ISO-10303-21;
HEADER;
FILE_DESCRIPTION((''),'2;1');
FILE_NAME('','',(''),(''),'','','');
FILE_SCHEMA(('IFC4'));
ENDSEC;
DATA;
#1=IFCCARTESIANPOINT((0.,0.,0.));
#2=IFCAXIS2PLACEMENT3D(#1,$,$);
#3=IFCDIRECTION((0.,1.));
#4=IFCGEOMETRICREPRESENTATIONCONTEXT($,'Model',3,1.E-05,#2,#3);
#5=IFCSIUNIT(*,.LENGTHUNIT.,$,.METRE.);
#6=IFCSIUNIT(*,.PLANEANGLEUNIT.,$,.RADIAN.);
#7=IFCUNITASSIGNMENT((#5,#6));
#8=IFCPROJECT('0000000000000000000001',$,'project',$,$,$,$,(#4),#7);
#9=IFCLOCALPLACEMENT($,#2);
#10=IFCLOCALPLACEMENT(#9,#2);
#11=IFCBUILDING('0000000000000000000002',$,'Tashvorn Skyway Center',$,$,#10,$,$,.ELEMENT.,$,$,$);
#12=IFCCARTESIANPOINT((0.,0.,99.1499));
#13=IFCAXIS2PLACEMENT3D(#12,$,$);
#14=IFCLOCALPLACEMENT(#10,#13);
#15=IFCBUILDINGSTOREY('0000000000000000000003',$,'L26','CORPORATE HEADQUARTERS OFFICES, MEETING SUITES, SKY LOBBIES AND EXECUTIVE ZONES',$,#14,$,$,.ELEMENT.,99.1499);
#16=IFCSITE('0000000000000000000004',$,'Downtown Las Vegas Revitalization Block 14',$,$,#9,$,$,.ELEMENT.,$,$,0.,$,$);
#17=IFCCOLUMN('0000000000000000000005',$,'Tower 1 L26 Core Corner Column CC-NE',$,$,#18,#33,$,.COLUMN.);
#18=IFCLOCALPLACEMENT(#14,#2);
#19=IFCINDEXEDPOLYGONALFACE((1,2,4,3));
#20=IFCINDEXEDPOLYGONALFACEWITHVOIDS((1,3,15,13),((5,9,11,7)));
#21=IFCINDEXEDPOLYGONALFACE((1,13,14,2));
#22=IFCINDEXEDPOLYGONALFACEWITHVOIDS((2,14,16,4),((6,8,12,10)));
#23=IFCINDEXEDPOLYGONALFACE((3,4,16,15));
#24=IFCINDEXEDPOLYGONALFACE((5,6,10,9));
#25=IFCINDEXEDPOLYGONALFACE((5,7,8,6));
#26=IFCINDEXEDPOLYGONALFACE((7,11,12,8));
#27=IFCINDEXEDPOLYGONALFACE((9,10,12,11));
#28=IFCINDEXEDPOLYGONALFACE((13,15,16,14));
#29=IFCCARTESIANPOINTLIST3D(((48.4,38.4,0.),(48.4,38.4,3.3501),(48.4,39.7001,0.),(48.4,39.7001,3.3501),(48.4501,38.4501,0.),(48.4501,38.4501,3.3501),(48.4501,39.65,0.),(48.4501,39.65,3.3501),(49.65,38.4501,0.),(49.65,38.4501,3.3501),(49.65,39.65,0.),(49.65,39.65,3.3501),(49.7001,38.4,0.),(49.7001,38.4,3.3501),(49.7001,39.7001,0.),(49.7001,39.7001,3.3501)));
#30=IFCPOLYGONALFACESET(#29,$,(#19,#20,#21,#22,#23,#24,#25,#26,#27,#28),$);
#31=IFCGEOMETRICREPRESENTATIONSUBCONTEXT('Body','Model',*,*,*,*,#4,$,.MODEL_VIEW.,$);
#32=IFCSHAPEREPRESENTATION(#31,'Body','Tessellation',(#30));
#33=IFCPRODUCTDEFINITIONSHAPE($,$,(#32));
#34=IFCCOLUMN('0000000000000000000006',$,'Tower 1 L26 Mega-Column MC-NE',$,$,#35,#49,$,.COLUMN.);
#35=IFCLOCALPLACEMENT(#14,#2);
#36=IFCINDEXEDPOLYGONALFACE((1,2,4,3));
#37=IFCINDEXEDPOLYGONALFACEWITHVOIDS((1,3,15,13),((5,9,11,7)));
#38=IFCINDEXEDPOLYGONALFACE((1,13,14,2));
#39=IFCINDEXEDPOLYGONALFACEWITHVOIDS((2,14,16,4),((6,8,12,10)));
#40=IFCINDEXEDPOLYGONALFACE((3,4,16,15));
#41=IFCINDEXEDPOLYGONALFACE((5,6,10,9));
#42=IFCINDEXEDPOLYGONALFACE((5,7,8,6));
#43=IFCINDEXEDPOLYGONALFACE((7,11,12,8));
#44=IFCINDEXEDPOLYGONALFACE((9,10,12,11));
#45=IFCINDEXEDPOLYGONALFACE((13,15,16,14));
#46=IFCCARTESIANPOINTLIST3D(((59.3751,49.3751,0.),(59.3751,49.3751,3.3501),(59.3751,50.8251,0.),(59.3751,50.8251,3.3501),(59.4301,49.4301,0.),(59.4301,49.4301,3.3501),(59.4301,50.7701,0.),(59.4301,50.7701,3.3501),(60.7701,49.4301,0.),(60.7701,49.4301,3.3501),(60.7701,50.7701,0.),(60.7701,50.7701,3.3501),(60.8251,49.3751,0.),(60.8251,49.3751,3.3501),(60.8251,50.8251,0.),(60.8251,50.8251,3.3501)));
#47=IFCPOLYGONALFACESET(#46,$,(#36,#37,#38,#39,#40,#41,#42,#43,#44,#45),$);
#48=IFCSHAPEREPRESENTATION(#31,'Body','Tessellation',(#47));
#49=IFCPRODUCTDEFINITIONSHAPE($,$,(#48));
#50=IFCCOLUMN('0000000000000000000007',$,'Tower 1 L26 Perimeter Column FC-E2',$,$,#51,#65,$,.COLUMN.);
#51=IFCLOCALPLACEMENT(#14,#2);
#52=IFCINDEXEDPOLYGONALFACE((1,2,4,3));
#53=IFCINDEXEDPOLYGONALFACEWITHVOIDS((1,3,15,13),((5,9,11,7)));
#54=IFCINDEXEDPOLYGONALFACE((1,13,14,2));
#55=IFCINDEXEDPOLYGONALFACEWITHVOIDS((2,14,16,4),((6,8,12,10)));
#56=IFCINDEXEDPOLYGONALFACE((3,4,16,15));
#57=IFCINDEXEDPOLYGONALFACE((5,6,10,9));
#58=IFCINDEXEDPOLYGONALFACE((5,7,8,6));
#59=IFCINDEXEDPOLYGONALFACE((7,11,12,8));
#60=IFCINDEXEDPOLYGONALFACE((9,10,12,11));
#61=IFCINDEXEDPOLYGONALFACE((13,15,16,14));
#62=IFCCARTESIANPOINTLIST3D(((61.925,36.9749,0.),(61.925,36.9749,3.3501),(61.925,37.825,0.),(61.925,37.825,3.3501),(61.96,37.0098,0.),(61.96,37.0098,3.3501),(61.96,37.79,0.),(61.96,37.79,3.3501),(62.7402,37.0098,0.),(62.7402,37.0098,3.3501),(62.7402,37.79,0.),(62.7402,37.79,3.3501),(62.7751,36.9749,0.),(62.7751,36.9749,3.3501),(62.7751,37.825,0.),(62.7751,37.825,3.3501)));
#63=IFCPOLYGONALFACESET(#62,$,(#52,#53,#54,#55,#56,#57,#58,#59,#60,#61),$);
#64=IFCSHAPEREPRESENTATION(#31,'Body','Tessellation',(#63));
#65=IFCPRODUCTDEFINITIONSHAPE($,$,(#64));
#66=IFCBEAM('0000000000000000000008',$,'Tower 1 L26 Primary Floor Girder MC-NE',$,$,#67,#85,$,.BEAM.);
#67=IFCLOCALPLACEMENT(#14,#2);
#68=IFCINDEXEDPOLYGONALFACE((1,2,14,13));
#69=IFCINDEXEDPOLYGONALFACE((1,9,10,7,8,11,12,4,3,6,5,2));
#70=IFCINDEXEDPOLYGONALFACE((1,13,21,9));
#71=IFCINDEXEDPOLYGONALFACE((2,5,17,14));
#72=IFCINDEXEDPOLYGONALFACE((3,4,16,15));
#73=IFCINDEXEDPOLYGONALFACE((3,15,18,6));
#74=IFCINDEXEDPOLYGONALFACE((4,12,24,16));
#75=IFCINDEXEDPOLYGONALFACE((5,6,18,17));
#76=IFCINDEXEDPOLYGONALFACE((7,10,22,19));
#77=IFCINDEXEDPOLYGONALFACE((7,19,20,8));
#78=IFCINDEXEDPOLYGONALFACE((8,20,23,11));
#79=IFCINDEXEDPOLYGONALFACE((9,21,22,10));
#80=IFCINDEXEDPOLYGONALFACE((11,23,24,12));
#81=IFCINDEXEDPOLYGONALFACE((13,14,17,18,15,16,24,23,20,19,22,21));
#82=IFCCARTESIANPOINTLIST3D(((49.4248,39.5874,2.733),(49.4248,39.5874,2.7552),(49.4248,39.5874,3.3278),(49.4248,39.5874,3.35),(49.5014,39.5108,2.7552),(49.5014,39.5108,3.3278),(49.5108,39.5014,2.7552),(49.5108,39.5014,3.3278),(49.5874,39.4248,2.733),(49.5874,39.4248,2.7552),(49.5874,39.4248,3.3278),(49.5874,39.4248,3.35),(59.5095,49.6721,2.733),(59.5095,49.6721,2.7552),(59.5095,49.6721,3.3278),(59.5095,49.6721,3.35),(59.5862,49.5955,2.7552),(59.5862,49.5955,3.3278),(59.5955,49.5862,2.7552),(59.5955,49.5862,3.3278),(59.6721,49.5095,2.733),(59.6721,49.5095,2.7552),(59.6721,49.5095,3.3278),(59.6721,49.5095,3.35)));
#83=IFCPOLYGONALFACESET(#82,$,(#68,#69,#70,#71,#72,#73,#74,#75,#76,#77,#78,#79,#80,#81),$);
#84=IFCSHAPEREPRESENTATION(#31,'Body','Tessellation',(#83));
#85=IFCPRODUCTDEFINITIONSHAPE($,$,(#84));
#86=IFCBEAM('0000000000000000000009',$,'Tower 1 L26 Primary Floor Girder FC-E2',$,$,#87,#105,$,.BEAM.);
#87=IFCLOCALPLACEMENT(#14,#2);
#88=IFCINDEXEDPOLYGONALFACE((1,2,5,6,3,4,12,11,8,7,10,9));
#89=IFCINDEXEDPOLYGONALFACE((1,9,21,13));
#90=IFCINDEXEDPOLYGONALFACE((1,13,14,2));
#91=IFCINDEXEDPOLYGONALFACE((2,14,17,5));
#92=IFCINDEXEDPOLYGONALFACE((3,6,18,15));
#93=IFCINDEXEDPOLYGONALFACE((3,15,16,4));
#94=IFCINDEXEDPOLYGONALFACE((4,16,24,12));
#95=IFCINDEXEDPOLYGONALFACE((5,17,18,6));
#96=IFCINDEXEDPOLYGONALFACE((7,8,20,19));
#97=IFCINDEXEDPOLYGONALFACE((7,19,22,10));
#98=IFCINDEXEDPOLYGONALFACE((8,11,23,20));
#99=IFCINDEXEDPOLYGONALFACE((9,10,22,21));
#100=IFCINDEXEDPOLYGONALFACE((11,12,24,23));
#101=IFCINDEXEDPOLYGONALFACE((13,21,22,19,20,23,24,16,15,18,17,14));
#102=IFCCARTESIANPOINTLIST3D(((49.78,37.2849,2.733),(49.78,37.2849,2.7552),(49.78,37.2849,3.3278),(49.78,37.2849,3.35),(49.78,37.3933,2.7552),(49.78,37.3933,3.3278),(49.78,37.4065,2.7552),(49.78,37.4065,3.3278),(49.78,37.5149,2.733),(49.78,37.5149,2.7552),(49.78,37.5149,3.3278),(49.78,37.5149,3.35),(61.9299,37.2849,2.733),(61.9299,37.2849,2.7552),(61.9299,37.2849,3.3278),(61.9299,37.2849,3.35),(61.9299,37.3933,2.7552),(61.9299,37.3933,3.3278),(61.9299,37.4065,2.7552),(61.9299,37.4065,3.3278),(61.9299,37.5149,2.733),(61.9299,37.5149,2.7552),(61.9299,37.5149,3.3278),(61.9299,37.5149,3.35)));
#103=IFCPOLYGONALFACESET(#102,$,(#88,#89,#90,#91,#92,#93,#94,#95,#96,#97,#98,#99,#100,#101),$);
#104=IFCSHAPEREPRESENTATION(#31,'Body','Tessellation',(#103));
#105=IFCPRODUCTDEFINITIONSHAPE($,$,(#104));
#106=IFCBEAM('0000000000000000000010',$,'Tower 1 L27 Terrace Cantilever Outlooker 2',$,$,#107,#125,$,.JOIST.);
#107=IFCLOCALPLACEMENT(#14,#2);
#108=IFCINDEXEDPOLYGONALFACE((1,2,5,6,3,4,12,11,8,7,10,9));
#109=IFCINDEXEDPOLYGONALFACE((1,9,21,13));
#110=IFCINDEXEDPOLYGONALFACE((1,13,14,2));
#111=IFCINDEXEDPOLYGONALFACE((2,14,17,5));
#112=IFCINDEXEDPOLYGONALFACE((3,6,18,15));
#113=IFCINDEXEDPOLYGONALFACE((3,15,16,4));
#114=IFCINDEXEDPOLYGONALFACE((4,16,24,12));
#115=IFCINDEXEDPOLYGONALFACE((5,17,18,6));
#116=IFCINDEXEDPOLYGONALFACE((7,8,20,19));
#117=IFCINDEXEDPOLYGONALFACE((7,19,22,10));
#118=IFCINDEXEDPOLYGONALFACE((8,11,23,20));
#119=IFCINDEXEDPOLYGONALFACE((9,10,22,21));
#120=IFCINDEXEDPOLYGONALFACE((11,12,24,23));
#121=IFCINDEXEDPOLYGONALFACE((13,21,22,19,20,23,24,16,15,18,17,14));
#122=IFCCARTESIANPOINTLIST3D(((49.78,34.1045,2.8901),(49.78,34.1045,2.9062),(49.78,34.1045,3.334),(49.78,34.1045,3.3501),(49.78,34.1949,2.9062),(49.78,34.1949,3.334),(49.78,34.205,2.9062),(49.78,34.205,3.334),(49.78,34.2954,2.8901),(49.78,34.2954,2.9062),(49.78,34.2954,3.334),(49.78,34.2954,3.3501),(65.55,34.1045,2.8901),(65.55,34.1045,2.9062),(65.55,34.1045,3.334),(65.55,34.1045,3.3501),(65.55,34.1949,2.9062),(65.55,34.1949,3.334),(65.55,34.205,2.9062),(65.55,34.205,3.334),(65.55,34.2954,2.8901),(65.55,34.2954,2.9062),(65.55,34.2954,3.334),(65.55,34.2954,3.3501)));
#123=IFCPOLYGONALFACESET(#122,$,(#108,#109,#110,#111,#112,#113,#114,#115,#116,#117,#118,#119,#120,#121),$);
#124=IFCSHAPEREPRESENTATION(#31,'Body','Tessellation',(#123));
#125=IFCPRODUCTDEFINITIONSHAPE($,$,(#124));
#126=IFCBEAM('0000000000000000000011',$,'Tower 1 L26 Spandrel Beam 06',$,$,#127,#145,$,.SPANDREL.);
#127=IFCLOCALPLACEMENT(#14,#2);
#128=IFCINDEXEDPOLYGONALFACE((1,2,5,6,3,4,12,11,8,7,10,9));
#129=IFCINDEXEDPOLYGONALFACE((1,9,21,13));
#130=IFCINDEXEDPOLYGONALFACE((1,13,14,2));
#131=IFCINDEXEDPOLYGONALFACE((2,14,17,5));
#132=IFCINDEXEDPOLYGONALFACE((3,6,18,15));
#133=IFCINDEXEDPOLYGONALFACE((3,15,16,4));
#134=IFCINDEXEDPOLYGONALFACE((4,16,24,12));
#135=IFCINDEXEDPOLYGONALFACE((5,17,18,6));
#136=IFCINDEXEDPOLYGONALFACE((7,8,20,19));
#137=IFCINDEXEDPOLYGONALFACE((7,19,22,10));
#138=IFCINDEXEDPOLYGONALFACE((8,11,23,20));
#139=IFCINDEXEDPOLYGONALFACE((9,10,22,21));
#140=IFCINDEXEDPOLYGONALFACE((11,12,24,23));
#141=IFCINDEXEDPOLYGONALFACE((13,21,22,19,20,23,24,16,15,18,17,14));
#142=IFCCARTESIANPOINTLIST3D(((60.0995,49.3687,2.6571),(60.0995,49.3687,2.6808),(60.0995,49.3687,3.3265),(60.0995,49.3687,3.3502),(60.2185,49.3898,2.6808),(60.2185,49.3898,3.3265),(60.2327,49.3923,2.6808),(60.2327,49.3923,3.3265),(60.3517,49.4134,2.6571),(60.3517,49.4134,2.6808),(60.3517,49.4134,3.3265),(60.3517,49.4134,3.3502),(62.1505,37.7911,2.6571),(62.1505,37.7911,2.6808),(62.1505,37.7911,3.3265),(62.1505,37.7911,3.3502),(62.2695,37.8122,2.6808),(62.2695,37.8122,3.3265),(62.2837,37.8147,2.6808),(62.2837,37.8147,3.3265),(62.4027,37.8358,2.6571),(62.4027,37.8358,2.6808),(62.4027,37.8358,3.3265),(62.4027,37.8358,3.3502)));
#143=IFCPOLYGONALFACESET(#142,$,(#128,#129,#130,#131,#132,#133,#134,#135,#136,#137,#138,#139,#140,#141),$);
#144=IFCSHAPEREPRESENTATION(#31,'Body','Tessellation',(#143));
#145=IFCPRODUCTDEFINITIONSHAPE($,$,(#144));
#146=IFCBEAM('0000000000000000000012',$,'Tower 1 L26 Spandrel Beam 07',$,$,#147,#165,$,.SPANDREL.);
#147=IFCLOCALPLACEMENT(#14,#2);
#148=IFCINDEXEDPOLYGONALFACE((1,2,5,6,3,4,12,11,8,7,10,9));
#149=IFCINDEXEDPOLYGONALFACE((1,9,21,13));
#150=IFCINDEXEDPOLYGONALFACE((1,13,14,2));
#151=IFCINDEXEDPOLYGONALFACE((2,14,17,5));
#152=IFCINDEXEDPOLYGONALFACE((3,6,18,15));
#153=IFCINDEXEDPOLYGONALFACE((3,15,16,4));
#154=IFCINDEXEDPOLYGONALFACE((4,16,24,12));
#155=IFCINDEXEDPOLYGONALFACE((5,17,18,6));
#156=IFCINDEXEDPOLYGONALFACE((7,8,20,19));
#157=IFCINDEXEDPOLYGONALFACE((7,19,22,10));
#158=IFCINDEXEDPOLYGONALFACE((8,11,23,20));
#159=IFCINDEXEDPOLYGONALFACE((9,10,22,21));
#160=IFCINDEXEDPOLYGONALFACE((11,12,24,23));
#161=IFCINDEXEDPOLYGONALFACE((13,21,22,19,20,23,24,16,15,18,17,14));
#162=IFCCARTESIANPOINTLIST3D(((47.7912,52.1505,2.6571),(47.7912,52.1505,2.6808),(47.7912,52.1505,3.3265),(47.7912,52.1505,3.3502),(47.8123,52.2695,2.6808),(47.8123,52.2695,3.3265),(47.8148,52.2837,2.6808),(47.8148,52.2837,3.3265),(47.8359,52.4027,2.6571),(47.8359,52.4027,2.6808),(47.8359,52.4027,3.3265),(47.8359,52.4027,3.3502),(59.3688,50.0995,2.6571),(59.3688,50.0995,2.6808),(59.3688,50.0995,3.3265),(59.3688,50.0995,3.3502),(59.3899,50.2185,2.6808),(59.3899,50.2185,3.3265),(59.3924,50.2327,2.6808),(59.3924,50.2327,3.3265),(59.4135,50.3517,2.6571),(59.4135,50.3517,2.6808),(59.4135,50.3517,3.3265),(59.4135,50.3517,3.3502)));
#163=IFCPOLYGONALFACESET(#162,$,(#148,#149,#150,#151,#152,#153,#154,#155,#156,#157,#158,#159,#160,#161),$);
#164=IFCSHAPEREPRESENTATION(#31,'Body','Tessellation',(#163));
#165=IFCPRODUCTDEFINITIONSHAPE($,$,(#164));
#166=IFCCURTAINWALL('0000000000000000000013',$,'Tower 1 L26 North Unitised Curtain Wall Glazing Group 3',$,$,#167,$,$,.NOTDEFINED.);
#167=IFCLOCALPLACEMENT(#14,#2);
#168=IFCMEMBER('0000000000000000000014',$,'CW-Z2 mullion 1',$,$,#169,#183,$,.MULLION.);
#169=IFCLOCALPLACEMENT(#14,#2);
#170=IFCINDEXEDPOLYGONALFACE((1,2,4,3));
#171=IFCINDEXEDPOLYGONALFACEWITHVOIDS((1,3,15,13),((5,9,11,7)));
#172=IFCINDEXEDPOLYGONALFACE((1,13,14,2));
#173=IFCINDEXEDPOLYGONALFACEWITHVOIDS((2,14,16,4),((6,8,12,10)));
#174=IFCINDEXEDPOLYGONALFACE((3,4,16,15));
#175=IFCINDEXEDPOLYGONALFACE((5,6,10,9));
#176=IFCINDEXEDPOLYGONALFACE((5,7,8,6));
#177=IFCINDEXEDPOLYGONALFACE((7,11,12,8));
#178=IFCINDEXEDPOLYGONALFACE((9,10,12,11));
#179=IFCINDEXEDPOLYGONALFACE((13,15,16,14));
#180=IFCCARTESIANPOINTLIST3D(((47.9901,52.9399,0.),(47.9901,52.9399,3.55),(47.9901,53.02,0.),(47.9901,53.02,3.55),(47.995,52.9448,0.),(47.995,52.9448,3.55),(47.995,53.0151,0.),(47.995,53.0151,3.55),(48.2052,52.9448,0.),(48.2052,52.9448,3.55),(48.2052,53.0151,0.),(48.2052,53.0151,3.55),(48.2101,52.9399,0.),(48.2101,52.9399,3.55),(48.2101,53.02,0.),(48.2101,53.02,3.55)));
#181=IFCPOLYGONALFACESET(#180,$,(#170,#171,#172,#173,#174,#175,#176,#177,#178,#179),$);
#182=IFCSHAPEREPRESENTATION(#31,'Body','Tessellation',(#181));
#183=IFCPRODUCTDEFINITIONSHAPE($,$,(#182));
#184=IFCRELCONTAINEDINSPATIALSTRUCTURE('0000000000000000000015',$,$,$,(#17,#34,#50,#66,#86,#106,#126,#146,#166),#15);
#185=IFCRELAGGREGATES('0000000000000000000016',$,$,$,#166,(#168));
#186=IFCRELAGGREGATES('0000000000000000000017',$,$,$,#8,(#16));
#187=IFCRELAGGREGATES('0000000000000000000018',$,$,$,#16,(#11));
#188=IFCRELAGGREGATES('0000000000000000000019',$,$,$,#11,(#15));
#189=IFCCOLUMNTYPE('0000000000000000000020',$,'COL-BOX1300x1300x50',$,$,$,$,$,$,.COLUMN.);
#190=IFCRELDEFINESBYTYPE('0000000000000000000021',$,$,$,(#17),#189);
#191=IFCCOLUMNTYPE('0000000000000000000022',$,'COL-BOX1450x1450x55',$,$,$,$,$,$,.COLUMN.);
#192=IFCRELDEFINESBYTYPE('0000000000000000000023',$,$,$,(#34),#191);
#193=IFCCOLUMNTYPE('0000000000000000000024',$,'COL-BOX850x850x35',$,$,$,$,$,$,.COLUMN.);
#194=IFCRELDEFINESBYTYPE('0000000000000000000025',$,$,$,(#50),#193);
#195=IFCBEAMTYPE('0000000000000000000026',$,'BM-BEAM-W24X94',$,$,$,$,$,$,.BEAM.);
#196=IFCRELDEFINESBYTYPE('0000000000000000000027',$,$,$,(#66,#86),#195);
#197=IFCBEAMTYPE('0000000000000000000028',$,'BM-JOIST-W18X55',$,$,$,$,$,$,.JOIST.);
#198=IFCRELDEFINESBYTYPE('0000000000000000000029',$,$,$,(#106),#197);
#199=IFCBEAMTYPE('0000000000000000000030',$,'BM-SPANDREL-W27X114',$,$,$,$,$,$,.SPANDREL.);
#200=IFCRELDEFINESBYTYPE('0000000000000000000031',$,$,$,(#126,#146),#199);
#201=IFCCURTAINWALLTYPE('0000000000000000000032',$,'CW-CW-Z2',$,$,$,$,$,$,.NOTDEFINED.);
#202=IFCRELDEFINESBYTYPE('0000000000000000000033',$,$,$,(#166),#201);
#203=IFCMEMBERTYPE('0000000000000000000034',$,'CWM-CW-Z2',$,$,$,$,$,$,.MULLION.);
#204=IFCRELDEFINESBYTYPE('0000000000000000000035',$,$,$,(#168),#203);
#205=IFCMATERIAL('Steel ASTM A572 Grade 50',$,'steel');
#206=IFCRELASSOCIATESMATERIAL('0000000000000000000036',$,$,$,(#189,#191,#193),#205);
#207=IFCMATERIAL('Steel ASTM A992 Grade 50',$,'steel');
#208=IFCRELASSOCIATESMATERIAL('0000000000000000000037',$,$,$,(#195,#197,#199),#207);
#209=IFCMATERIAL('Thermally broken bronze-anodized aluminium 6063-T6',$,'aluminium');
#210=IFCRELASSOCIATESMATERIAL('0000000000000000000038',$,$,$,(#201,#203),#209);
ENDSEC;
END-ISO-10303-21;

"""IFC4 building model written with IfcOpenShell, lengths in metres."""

from ifc_helpers import new_model, si_unit, direction, frame, origin, origin_2d, place, context, subcontext, project, spatial, hollow_rectangle, i_section, extrude, material, material_profile, profile_set, type_object, element, aggregate, save


model = new_model("IFC4")

# Units and contexts
model_context = context("Model", 3, precision=1e-05, world=origin(), true_north=direction((0.0, 1.0)))
body_context = subcontext(model_context, "Body", "Model", "MODEL_VIEW")
ifc_project = project(units=[si_unit("LENGTHUNIT", "METRE"), si_unit("PLANEANGLEUNIT", "RADIAN")], contexts=[model_context])

# Site, building, storey
site_placement = place(None, origin())
site = spatial("IfcSite", under=ifc_project, at=site_placement, Name="Downtown Las Vegas Revitalization Block 14", CompositionType="ELEMENT", RefElevation=0.0)
building_placement = place(site_placement, origin())
building = spatial("IfcBuilding", under=site, at=building_placement, Name="Tashvorn Skyway Center", CompositionType="ELEMENT")
storey_placement = place(building_placement, frame((0.0, 0.0, 99.1499)))
storey = spatial("IfcBuildingStorey", under=building, at=storey_placement, Name="L26", Description="CORPORATE HEADQUARTERS OFFICES, MEETING SUITES, SKY LOBBIES AND EXECUTIVE ZONES", CompositionType="ELEMENT", Elevation=99.1499)

# Columns
ifc_material_1 = material(Name="Steel ASTM A572 Grade 50", Category="steel")
ifc_material_profile_1 = material_profile(ifc_material_1, hollow_rectangle(XDim=1.3, YDim=1.3, WallThickness=0.05, at=origin_2d()), Name="BOX1300x1300x50")
ifc_profile_set_1 = profile_set([ifc_material_profile_1], Name="Steel ASTM A572 Grade 50")
column_type_1 = type_object("IfcColumnType", Name="COL-BOX1300x1300x50", PredefinedType="COLUMN", material=ifc_profile_set_1)
column_1_placement = place(storey_placement, frame((49.05, 39.05, 0.0), z_axis=(0.0, 0.0, 1.0), x_axis=(1.0, 0.0, 0.0)))
element("IfcColumn", 1, at=column_1_placement, inside=storey, type_object=column_type_1, Name="Tower 1 L26 Core Corner Column CC-NE", PredefinedType="COLUMN", context=body_context, shape_type="SweptSolid", body=[
    extrude(hollow_rectangle(XDim=1.3, YDim=1.3, WallThickness=0.05, at=origin_2d()), origin(), (0.0, 0.0, 1.0), 3.3501),
])
ifc_material_profile_2 = material_profile(ifc_material_1, hollow_rectangle(XDim=1.45, YDim=1.45, WallThickness=0.0549, at=origin_2d()), Name="BOX1450x1450x55")
ifc_profile_set_2 = profile_set([ifc_material_profile_2], Name="Steel ASTM A572 Grade 50")
column_type_2 = type_object("IfcColumnType", Name="COL-BOX1450x1450x55", PredefinedType="COLUMN", material=ifc_profile_set_2)
column_2_placement = place(storey_placement, frame((60.1001, 50.1001, 0.0), z_axis=(0.0, 0.0, 1.0), x_axis=(1.0, 0.0, 0.0)))
element("IfcColumn", 2, at=column_2_placement, inside=storey, type_object=column_type_2, Name="Tower 1 L26 Mega-Column MC-NE", PredefinedType="COLUMN", context=body_context, shape_type="SweptSolid", body=[
    extrude(hollow_rectangle(XDim=1.45, YDim=1.45, WallThickness=0.0549, at=origin_2d()), origin(), (0.0, 0.0, 1.0), 3.3501),
])
ifc_material_profile_3 = material_profile(ifc_material_1, hollow_rectangle(XDim=0.8501, YDim=0.8501, WallThickness=0.0349, at=origin_2d()), Name="BOX850x850x35")
ifc_profile_set_3 = profile_set([ifc_material_profile_3], Name="Steel ASTM A572 Grade 50")
column_type_3 = type_object("IfcColumnType", Name="COL-BOX850x850x35", PredefinedType="COLUMN", material=ifc_profile_set_3)
column_3_placement = place(storey_placement, frame((62.3501, 37.3999, 0.0), z_axis=(0.0, 0.0, 1.0), x_axis=(1.0, 0.0, 0.0)))
element("IfcColumn", 3, at=column_3_placement, inside=storey, type_object=column_type_3, Name="Tower 1 L26 Perimeter Column FC-E2", PredefinedType="COLUMN", context=body_context, shape_type="SweptSolid", body=[
    extrude(hollow_rectangle(XDim=0.8501, YDim=0.8501, WallThickness=0.0349, at=origin_2d()), origin(), (0.0, 0.0, 1.0), 3.3501),
])

# Beams
ifc_material_2 = material(Name="Steel ASTM A992 Grade 50", Category="steel")
ifc_material_profile_4 = material_profile(ifc_material_2, i_section(OverallWidth=0.23, OverallDepth=0.6169, WebThickness=0.0132, FlangeThickness=0.0222, at=origin_2d()), Name="W24X94")
ifc_profile_set_4 = profile_set([ifc_material_profile_4], Name="Steel ASTM A992 Grade 50")
beam_type_1 = type_object("IfcBeamType", Name="BM-BEAM-W24X94", PredefinedType="BEAM", material=ifc_profile_set_4)
beam_1_placement = place(storey_placement, frame((59.5908, 49.5908, 3.0415), z_axis=(-0.707107, -0.707107, 0.0), x_axis=(0.707107, -0.707107, 0.0)))
element("IfcBeam", 4, at=beam_1_placement, inside=storey, type_object=beam_type_1, Name="Tower 1 L26 Primary Floor Girder MC-NE", PredefinedType="BEAM", context=body_context, shape_type="SweptSolid", body=[
    extrude(i_section(OverallWidth=0.23, OverallDepth=0.6169, WebThickness=0.0132, FlangeThickness=0.0222, at=origin_2d()), origin(), (0.0, 0.0, 1.0), 14.262),
])
beam_2_placement = place(storey_placement, frame((61.9299, 37.3999, 3.0415), z_axis=(-1.0, 0.0, 0.0), x_axis=(0.0, -1.0, 0.0)))
element("IfcBeam", 5, at=beam_2_placement, inside=storey, type_object=beam_type_1, Name="Tower 1 L26 Primary Floor Girder FC-E2", PredefinedType="BEAM", context=body_context, shape_type="SweptSolid", body=[
    extrude(i_section(OverallWidth=0.23, OverallDepth=0.6169, WebThickness=0.0132, FlangeThickness=0.0222, at=origin_2d()), origin(), (0.0, 0.0, 1.0), 12.1499),
])
ifc_material_profile_5 = material_profile(ifc_material_2, i_section(OverallWidth=0.1909, OverallDepth=0.46, WebThickness=0.01, FlangeThickness=0.0161, at=origin_2d()), Name="W18X55")
ifc_profile_set_5 = profile_set([ifc_material_profile_5], Name="Steel ASTM A992 Grade 50")
beam_type_2 = type_object("IfcBeamType", Name="BM-JOIST-W18X55", PredefinedType="JOIST", material=ifc_profile_set_5)
beam_3_placement = place(storey_placement, frame((49.78, 34.2, 3.1201), z_axis=(1.0, 0.0, 0.0), x_axis=(0.0, 1.0, 0.0)))
element("IfcBeam", 6, at=beam_3_placement, inside=storey, type_object=beam_type_2, Name="Tower 1 L27 Terrace Cantilever Outlooker 2", PredefinedType="JOIST", context=body_context, shape_type="SweptSolid", body=[
    extrude(i_section(OverallWidth=0.1909, OverallDepth=0.46, WebThickness=0.01, FlangeThickness=0.0161, at=origin_2d()), origin(), (0.0, 0.0, 1.0), 15.77),
])
ifc_material_profile_6 = material_profile(ifc_material_2, i_section(OverallWidth=0.2561, OverallDepth=0.6931, WebThickness=0.0144, FlangeThickness=0.0237, at=origin_2d()), Name="W27X114")
ifc_profile_set_6 = profile_set([ifc_material_profile_6], Name="Steel ASTM A992 Grade 50")
beam_type_3 = type_object("IfcBeamType", Name="BM-SPANDREL-W27X114", PredefinedType="SPANDREL", material=ifc_profile_set_6)
for number, where, z_axis, x_axis, name in (
    (7, (62.2766, 37.8135, 3.0037), (-0.174438, 0.984668, 0.0), (-0.984668, -0.174438, 0.0), "Tower 1 L26 Spandrel Beam 06"),
    (8, (59.3911, 50.2256, 3.0037), (-0.984668, 0.174438, 0.0), (-0.174438, -0.984668, 0.0), "Tower 1 L26 Spandrel Beam 07"),
):
    element("IfcBeam", number, at=place(storey_placement, frame(where, z_axis=z_axis, x_axis=x_axis)), inside=storey, type_object=beam_type_3, Name=name, PredefinedType="SPANDREL", context=body_context, shape_type="SweptSolid", body=[
        extrude(i_section(OverallWidth=0.2561, OverallDepth=0.6931, WebThickness=0.0144, FlangeThickness=0.0237, at=origin_2d()), origin(), (0.0, 0.0, 1.0), 11.7578),
    ])

# Curtain wall, member
ifc_material_3 = material(Name="Thermally broken bronze-anodized aluminium 6063-T6", Category="aluminium")
curtain_wall_type = type_object("IfcCurtainWallType", Name="CW-CW-Z2", PredefinedType="NOTDEFINED", material=ifc_material_3)
curtain_wall_1_placement = place(storey_placement, origin())
curtain_wall_1 = element("IfcCurtainWall", 9, at=curtain_wall_1_placement, inside=storey, type_object=curtain_wall_type, Name="Tower 1 L26 North Unitised Curtain Wall Glazing Group 3", PredefinedType="NOTDEFINED")
ifc_material_profile_7 = material_profile(ifc_material_3, hollow_rectangle(XDim=0.0801, YDim=0.22, WallThickness=0.0049, at=origin_2d()), Name="ALU-MULL-80x220")
ifc_profile_set_7 = profile_set([ifc_material_profile_7], Name="Thermally broken bronze-anodized aluminium 6063-T6")
member_type_1 = type_object("IfcMemberType", Name="CWM-CW-Z2", PredefinedType="MULLION", material=ifc_profile_set_7)
member_1_placement = place(storey_placement, frame((48.1001, 52.98, 0.0), z_axis=(0.0, 0.0, 1.0), x_axis=(0.0, 1.0, 0.0)))
member_1 = element("IfcMember", 10, at=member_1_placement, type_object=member_type_1, Name="CW-Z2 mullion 1", PredefinedType="MULLION", context=body_context, shape_type="SweptSolid", body=[
    extrude(hollow_rectangle(XDim=0.0801, YDim=0.22, WallThickness=0.0049, at=origin_2d()), origin(), (0.0, 0.0, 1.0), 3.55),
])

aggregate(curtain_wall_1, [member_1])

save(model, "model.ifc")
